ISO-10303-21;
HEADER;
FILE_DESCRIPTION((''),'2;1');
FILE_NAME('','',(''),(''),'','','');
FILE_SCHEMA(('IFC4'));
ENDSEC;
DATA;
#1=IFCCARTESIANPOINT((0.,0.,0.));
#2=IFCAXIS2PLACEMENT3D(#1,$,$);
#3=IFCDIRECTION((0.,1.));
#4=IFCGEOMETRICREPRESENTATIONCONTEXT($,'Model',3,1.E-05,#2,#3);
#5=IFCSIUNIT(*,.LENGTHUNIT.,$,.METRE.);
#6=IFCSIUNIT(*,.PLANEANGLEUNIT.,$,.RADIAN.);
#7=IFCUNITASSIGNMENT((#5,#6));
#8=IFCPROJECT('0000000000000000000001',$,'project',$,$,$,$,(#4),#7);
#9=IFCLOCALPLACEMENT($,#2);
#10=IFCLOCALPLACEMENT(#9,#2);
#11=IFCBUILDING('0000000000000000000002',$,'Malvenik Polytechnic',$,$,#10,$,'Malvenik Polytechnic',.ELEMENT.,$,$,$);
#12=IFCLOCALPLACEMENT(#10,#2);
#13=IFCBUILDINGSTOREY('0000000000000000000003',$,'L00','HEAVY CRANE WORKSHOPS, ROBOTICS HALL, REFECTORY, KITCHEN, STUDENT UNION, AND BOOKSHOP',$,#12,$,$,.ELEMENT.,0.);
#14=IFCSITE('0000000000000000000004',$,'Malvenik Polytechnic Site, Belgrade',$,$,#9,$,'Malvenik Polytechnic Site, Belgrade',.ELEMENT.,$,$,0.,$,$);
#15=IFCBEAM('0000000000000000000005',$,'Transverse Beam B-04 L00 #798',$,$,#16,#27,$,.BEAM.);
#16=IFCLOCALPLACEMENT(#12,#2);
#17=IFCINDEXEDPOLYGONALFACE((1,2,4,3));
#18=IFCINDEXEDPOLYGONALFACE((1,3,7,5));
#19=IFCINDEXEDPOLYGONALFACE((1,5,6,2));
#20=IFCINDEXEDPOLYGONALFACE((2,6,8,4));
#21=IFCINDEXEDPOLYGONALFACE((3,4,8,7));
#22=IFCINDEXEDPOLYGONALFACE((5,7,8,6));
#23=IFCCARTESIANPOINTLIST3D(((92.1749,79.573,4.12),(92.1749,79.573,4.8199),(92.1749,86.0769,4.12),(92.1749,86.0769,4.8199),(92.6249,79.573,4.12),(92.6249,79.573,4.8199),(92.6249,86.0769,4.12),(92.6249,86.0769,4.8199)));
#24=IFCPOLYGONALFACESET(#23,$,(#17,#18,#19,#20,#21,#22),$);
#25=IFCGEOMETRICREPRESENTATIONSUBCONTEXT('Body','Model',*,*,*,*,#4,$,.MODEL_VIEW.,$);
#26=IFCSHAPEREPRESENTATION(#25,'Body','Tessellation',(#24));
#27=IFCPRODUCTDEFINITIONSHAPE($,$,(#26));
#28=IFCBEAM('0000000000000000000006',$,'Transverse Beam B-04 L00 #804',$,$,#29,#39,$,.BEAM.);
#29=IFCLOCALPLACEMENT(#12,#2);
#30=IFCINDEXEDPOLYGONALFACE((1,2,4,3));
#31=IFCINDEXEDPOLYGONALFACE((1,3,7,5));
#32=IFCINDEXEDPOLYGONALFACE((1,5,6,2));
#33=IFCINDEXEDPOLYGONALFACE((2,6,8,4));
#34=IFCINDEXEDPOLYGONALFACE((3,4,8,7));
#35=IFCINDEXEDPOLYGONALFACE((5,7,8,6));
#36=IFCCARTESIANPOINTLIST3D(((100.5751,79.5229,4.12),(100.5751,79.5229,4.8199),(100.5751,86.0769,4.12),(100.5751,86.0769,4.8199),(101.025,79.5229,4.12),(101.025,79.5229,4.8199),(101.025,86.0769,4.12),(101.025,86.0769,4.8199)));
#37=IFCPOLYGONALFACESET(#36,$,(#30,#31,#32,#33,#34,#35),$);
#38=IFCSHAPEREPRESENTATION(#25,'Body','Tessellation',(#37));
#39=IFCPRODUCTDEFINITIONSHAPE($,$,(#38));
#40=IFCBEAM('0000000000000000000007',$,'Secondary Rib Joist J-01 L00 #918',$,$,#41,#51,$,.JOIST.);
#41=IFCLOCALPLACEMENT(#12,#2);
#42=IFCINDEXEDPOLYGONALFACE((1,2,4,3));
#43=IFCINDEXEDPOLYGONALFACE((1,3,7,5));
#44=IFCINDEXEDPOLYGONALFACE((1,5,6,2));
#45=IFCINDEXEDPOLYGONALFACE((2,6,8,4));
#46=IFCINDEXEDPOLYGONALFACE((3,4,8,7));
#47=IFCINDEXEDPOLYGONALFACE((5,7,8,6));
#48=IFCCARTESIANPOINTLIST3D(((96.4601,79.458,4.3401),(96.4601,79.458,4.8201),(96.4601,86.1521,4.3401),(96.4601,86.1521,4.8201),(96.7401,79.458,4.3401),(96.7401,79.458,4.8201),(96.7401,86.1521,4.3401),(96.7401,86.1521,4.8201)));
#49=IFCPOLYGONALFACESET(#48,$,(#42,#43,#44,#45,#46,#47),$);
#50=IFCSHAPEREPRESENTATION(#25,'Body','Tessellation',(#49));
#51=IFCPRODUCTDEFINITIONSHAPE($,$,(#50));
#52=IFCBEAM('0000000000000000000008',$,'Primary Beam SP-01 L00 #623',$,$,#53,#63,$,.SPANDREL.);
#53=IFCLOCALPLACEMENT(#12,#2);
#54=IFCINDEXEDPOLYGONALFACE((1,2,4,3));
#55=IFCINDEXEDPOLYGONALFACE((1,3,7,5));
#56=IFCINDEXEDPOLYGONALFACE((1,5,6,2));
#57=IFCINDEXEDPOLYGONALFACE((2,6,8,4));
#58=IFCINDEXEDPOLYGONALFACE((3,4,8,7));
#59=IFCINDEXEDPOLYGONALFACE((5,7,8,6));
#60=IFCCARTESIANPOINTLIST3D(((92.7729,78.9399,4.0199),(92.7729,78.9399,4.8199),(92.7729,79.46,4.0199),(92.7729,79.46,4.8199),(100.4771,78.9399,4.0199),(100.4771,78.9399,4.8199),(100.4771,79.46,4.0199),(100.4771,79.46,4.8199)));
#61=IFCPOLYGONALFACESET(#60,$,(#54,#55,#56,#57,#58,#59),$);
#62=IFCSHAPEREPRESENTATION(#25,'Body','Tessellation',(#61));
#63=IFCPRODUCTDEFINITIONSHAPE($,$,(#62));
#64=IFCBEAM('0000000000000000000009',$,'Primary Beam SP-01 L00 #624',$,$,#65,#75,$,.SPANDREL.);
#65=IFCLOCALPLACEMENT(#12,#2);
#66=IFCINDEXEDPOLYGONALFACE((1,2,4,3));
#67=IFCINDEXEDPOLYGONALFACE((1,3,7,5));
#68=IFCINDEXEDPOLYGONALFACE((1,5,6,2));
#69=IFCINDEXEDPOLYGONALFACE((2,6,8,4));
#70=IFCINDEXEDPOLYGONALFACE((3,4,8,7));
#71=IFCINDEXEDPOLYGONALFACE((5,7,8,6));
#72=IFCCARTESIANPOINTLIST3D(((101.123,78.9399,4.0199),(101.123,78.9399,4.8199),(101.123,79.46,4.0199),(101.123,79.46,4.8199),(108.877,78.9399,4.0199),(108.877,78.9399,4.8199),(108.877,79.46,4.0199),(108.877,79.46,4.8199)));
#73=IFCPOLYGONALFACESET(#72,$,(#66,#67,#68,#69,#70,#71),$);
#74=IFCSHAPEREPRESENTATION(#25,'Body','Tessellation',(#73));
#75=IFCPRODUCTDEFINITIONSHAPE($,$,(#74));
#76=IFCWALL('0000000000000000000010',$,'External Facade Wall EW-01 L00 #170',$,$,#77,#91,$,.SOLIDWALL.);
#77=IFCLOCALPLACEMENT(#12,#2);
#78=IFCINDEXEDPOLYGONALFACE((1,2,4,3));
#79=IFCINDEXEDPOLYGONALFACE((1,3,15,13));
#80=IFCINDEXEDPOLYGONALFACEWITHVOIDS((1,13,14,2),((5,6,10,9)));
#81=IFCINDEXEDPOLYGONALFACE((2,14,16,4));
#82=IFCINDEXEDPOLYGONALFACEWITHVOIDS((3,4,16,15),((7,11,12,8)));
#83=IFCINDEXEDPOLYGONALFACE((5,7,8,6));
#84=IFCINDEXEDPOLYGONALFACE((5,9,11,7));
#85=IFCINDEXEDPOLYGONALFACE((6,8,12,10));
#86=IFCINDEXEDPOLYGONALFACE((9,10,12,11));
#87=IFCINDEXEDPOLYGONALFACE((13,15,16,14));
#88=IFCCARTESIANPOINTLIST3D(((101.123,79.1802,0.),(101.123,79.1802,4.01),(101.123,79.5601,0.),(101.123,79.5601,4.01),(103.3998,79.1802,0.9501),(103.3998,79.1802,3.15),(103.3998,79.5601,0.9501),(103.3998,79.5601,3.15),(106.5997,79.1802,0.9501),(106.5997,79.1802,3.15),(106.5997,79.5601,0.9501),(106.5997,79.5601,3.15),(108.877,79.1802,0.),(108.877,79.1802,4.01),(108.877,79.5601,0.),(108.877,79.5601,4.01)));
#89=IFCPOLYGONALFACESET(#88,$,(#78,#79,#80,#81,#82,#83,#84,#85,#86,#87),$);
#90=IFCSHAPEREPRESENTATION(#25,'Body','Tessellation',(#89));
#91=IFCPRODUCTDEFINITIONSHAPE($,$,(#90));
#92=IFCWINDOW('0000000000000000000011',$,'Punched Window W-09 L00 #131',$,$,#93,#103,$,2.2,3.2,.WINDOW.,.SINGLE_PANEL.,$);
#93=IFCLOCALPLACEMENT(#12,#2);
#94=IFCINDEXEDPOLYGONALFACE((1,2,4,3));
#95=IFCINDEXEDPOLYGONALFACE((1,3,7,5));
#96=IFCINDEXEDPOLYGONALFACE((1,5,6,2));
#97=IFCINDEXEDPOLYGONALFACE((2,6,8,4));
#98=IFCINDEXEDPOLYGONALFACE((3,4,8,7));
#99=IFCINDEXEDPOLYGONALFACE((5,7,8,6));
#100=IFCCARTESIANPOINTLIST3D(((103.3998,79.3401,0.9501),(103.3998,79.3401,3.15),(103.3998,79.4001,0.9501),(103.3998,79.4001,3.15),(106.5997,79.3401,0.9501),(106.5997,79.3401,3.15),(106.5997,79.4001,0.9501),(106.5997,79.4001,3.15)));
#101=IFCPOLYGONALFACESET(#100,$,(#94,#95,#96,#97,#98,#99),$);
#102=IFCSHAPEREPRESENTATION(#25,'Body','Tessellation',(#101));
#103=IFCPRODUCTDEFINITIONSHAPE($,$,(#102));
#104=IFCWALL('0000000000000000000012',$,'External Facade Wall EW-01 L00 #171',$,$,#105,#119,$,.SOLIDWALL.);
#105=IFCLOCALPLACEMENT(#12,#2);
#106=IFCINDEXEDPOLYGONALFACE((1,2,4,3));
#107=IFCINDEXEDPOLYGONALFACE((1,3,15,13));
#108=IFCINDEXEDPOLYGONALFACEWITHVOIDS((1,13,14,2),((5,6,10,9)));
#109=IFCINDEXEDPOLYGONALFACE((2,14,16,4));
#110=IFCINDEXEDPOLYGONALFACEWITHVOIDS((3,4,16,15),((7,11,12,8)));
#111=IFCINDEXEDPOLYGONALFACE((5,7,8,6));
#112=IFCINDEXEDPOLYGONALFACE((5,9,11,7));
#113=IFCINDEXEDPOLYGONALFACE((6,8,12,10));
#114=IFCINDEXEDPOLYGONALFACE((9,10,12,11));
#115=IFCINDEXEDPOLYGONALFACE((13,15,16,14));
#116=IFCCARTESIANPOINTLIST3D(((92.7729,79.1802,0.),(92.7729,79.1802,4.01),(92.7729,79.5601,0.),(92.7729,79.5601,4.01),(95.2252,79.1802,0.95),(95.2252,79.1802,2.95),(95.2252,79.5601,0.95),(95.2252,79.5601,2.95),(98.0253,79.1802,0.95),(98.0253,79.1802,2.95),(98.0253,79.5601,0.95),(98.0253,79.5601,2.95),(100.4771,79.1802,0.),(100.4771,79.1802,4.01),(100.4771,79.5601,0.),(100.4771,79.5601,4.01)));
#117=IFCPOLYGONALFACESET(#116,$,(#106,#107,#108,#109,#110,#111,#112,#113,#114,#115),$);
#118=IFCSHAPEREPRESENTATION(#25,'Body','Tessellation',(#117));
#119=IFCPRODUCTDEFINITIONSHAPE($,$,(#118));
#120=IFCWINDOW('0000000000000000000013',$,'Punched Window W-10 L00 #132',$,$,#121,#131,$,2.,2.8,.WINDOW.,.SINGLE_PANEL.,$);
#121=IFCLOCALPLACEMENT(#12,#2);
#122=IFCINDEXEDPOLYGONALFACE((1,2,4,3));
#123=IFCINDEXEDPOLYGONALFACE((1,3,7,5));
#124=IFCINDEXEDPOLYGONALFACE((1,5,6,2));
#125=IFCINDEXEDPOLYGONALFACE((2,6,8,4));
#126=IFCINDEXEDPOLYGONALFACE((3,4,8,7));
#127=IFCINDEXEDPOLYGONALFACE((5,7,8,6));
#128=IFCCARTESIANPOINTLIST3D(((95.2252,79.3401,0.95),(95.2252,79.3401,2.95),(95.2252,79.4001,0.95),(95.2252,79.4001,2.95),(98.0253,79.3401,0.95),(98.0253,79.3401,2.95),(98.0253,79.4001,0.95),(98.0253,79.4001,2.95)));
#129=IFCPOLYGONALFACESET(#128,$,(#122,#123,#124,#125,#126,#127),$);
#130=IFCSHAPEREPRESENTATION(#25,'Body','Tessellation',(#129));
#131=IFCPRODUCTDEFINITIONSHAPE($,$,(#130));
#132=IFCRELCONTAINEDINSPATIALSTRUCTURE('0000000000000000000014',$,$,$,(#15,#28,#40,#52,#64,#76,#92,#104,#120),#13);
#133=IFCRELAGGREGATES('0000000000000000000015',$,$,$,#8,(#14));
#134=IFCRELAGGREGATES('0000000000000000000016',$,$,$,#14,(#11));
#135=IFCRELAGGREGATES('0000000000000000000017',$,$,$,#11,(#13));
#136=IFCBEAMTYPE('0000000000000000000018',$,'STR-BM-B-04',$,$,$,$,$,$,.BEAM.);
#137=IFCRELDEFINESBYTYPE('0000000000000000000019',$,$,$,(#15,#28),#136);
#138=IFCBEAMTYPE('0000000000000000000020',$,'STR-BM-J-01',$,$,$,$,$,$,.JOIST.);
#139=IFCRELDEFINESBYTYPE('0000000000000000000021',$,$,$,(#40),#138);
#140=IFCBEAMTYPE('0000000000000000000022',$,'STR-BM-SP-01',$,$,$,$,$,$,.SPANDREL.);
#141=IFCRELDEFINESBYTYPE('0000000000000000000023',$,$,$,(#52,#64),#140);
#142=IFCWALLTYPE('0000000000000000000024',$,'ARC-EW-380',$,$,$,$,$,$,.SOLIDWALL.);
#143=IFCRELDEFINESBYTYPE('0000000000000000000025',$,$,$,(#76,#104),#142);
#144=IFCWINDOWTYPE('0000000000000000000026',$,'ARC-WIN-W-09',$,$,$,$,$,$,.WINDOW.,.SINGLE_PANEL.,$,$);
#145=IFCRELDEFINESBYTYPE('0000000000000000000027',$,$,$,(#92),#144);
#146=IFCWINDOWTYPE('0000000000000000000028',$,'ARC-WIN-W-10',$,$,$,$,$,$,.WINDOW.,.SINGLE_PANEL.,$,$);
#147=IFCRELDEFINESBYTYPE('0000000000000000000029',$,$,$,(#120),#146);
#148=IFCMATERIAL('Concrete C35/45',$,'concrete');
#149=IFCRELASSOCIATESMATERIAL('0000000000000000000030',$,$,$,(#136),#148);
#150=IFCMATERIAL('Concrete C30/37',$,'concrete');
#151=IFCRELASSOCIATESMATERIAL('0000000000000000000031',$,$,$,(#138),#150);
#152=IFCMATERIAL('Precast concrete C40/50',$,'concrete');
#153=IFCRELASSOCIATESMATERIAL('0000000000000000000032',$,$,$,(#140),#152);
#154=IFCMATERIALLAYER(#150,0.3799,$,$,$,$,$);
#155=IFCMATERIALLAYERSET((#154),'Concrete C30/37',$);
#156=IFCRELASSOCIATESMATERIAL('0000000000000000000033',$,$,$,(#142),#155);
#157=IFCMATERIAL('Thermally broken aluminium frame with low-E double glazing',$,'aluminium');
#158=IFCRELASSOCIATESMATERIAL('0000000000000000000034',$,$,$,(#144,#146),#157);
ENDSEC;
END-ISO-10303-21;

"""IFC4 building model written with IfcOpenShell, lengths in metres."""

from ifc_helpers import new_model, si_unit, direction, frame, frame_2d, origin, origin_2d, place, context, subcontext, project, spatial, rectangle, extrude, material, layer, layer_set, material_profile, profile_set, type_object, element, fill, save


model = new_model("IFC4")

# Units and contexts
model_context = context("Model", 3, precision=1e-05, world=origin(), true_north=direction((0.0, 1.0)))
body_context = subcontext(model_context, "Body", "Model", "MODEL_VIEW")
ifc_project = project(units=[si_unit("LENGTHUNIT", "METRE"), si_unit("PLANEANGLEUNIT", "RADIAN")], contexts=[model_context])

# Site, building, storey
site_placement = place(None, origin())
site = spatial("IfcSite", under=ifc_project, at=site_placement, Name="Malvenik Polytechnic Site, Belgrade", LongName="Malvenik Polytechnic Site, Belgrade", CompositionType="ELEMENT", RefElevation=0.0)
building_placement = place(site_placement, origin())
building = spatial("IfcBuilding", under=site, at=building_placement, Name="Malvenik Polytechnic", LongName="Malvenik Polytechnic", CompositionType="ELEMENT")
storey_placement = place(building_placement, origin())
storey = spatial("IfcBuildingStorey", under=building, at=storey_placement, Name="L00", Description="HEAVY CRANE WORKSHOPS, ROBOTICS HALL, REFECTORY, KITCHEN, STUDENT UNION, AND BOOKSHOP", CompositionType="ELEMENT", Elevation=0.0)

# Shared definitions
ifc_material_1 = material(Name="Concrete C35/45", Category="concrete")

# Beams
ifc_material_profile_1 = material_profile(ifc_material_1, rectangle(XDim=0.45, YDim=0.7, at=origin_2d()), Name="RC BM 450x700")
ifc_profile_set_1 = profile_set([ifc_material_profile_1], Name="Concrete C35/45")
beam_type_1 = type_object("IfcBeamType", Name="STR-BM-B-04", PredefinedType="BEAM", material=ifc_profile_set_1)
beam_1_placement = place(storey_placement, frame((92.3999, 79.573, 4.47), z_axis=(0.0, 1.0, 0.0), x_axis=(-1.0, 0.0, 0.0)))
element("IfcBeam", 1, at=beam_1_placement, inside=storey, type_object=beam_type_1, Name="Transverse Beam B-04 L00 #798", PredefinedType="BEAM", context=body_context, shape_type="SweptSolid", body=[
    extrude(rectangle(XDim=0.45, YDim=0.7, at=origin_2d()), origin(), (0.0, 0.0, 1.0), 6.5039),
])
beam_2_placement = place(storey_placement, frame((100.8, 79.5229, 4.47), z_axis=(0.0, 1.0, 0.0), x_axis=(-1.0, 0.0, 0.0)))
element("IfcBeam", 2, at=beam_2_placement, inside=storey, type_object=beam_type_1, Name="Transverse Beam B-04 L00 #804", PredefinedType="BEAM", context=body_context, shape_type="SweptSolid", body=[
    extrude(rectangle(XDim=0.45, YDim=0.7, at=origin_2d()), origin(), (0.0, 0.0, 1.0), 6.554),
])
ifc_material_2 = material(Name="Concrete C30/37", Category="concrete")
ifc_material_profile_2 = material_profile(ifc_material_2, rectangle(XDim=0.28, YDim=0.48, at=origin_2d()), Name="RC JST 280x480")
ifc_profile_set_2 = profile_set([ifc_material_profile_2], Name="Concrete C30/37")
beam_type_2 = type_object("IfcBeamType", Name="STR-BM-J-01", PredefinedType="JOIST", material=ifc_profile_set_2)
beam_3_placement = place(storey_placement, frame((96.6001, 79.458, 4.5801), z_axis=(0.0, 1.0, 0.0), x_axis=(-1.0, 0.0, 0.0)))
element("IfcBeam", 3, at=beam_3_placement, inside=storey, type_object=beam_type_2, Name="Secondary Rib Joist J-01 L00 #918", PredefinedType="JOIST", context=body_context, shape_type="SweptSolid", body=[
    extrude(rectangle(XDim=0.28, YDim=0.48, at=origin_2d()), origin(), (0.0, 0.0, 1.0), 6.6941),
])
ifc_material_3 = material(Name="Precast concrete C40/50", Category="concrete")
ifc_material_profile_3 = material_profile(ifc_material_3, rectangle(XDim=0.52, YDim=0.8, at=origin_2d()), Name="PC SPN 520x800")
ifc_profile_set_3 = profile_set([ifc_material_profile_3], Name="Precast concrete C40/50")
beam_type_3 = type_object("IfcBeamType", Name="STR-BM-SP-01", PredefinedType="SPANDREL", material=ifc_profile_set_3)
beam_4_placement = place(storey_placement, frame((92.7729, 79.2, 4.4199), z_axis=(1.0, 0.0, 0.0), x_axis=(0.0, 1.0, 0.0)))
element("IfcBeam", 4, at=beam_4_placement, inside=storey, type_object=beam_type_3, Name="Primary Beam SP-01 L00 #623", PredefinedType="SPANDREL", context=body_context, shape_type="SweptSolid", body=[
    extrude(rectangle(XDim=0.52, YDim=0.8, at=origin_2d()), origin(), (0.0, 0.0, 1.0), 7.7041),
])
beam_5_placement = place(storey_placement, frame((101.123, 79.2, 4.4199), z_axis=(1.0, 0.0, 0.0), x_axis=(0.0, 1.0, 0.0)))
element("IfcBeam", 5, at=beam_5_placement, inside=storey, type_object=beam_type_3, Name="Primary Beam SP-01 L00 #624", PredefinedType="SPANDREL", context=body_context, shape_type="SweptSolid", body=[
    extrude(rectangle(XDim=0.52, YDim=0.8, at=origin_2d()), origin(), (0.0, 0.0, 1.0), 7.7539),
])

# Walls, openings, windows
ifc_layer = layer(ifc_material_2, 0.3799)
ifc_layer_set = layer_set([ifc_layer], Name="Concrete C30/37")
wall_type = type_object("IfcWallType", Name="ARC-EW-380", PredefinedType="SOLIDWALL", material=ifc_layer_set)
wall_1_placement = place(storey_placement, frame((108.877, 79.3701, 0.0), z_axis=(0.0, 0.0, 1.0), x_axis=(-1.0, 0.0, 0.0)))
wall_1 = element("IfcWall", 6, at=wall_1_placement, inside=storey, type_object=wall_type, Name="External Facade Wall EW-01 L00 #170", PredefinedType="SOLIDWALL", context=body_context, shape_type="SweptSolid", body=[
    extrude(rectangle(XDim=7.7539, YDim=0.3799, at=frame_2d((3.877, 0.0))), origin(), (0.0, 0.0, 1.0), 4.01),
])
opening_1_placement = place(wall_1_placement, frame((2.2771, 0.0, 0.95)))
opening_1 = element("IfcOpeningElement", 7, at=opening_1_placement, cuts=wall_1, PredefinedType="OPENING", context=body_context, shape_type="SweptSolid", body=[
    extrude(rectangle(XDim=3.2, YDim=2.2, at=frame_2d((1.6001, 1.1001))), frame((0.0, 0.2, 0.0), z_axis=(0.0, -1.0, 0.0), x_axis=(1.0, 0.0, 0.0)), (0.0, 0.0, 1.0), 0.3999),
])
ifc_material_4 = material(Name="Thermally broken aluminium frame with low-E double glazing", Category="aluminium")
window_type_1 = type_object("IfcWindowType", Name="ARC-WIN-W-09", PartitioningType="SINGLE_PANEL", PredefinedType="WINDOW", material=ifc_material_4)
window_1_placement = place(opening_1_placement, origin())
window_1 = element("IfcWindow", 8, at=window_1_placement, inside=storey, type_object=window_type_1, Name="Punched Window W-09 L00 #131", OverallHeight=2.2, OverallWidth=3.2, PartitioningType="SINGLE_PANEL", PredefinedType="WINDOW", context=body_context, shape_type="SweptSolid", body=[
    extrude(rectangle(XDim=3.2, YDim=2.2, at=frame_2d((1.6001, 1.1001))), frame((0.0, 0.03, 0.0), z_axis=(0.0, -1.0, 0.0), x_axis=(1.0, 0.0, 0.0)), (0.0, 0.0, 1.0), 0.0601),
])
fill(opening_1, window_1)
wall_2_placement = place(storey_placement, frame((100.4771, 79.3701, 0.0), z_axis=(0.0, 0.0, 1.0), x_axis=(-1.0, 0.0, 0.0)))
wall_2 = element("IfcWall", 9, at=wall_2_placement, inside=storey, type_object=wall_type, Name="External Facade Wall EW-01 L00 #171", PredefinedType="SOLIDWALL", context=body_context, shape_type="SweptSolid", body=[
    extrude(rectangle(XDim=7.7041, YDim=0.3799, at=frame_2d((3.8521, 0.0))), origin(), (0.0, 0.0, 1.0), 4.01),
])
opening_2_placement = place(wall_2_placement, frame((2.4519, 0.0, 0.95)))
opening_2 = element("IfcOpeningElement", 10, at=opening_2_placement, cuts=wall_2, PredefinedType="OPENING", context=body_context, shape_type="SweptSolid", body=[
    extrude(rectangle(XDim=2.8, YDim=2.0, at=frame_2d((1.3999, 1.0))), frame((0.0, 0.2, 0.0), z_axis=(0.0, -1.0, 0.0), x_axis=(1.0, 0.0, 0.0)), (0.0, 0.0, 1.0), 0.3999),
])
window_type_2 = type_object("IfcWindowType", Name="ARC-WIN-W-10", PartitioningType="SINGLE_PANEL", PredefinedType="WINDOW", material=ifc_material_4)
window_2_placement = place(opening_2_placement, origin())
window_2 = element("IfcWindow", 11, at=window_2_placement, inside=storey, type_object=window_type_2, Name="Punched Window W-10 L00 #132", OverallHeight=2.0, OverallWidth=2.8, PartitioningType="SINGLE_PANEL", PredefinedType="WINDOW", context=body_context, shape_type="SweptSolid", body=[
    extrude(rectangle(XDim=2.8, YDim=2.0, at=frame_2d((1.3999, 1.0))), frame((0.0, 0.03, 0.0), z_axis=(0.0, -1.0, 0.0), x_axis=(1.0, 0.0, 0.0)), (0.0, 0.0, 1.0), 0.0601),
])
fill(opening_2, window_2)

save(model, "model.ifc")
